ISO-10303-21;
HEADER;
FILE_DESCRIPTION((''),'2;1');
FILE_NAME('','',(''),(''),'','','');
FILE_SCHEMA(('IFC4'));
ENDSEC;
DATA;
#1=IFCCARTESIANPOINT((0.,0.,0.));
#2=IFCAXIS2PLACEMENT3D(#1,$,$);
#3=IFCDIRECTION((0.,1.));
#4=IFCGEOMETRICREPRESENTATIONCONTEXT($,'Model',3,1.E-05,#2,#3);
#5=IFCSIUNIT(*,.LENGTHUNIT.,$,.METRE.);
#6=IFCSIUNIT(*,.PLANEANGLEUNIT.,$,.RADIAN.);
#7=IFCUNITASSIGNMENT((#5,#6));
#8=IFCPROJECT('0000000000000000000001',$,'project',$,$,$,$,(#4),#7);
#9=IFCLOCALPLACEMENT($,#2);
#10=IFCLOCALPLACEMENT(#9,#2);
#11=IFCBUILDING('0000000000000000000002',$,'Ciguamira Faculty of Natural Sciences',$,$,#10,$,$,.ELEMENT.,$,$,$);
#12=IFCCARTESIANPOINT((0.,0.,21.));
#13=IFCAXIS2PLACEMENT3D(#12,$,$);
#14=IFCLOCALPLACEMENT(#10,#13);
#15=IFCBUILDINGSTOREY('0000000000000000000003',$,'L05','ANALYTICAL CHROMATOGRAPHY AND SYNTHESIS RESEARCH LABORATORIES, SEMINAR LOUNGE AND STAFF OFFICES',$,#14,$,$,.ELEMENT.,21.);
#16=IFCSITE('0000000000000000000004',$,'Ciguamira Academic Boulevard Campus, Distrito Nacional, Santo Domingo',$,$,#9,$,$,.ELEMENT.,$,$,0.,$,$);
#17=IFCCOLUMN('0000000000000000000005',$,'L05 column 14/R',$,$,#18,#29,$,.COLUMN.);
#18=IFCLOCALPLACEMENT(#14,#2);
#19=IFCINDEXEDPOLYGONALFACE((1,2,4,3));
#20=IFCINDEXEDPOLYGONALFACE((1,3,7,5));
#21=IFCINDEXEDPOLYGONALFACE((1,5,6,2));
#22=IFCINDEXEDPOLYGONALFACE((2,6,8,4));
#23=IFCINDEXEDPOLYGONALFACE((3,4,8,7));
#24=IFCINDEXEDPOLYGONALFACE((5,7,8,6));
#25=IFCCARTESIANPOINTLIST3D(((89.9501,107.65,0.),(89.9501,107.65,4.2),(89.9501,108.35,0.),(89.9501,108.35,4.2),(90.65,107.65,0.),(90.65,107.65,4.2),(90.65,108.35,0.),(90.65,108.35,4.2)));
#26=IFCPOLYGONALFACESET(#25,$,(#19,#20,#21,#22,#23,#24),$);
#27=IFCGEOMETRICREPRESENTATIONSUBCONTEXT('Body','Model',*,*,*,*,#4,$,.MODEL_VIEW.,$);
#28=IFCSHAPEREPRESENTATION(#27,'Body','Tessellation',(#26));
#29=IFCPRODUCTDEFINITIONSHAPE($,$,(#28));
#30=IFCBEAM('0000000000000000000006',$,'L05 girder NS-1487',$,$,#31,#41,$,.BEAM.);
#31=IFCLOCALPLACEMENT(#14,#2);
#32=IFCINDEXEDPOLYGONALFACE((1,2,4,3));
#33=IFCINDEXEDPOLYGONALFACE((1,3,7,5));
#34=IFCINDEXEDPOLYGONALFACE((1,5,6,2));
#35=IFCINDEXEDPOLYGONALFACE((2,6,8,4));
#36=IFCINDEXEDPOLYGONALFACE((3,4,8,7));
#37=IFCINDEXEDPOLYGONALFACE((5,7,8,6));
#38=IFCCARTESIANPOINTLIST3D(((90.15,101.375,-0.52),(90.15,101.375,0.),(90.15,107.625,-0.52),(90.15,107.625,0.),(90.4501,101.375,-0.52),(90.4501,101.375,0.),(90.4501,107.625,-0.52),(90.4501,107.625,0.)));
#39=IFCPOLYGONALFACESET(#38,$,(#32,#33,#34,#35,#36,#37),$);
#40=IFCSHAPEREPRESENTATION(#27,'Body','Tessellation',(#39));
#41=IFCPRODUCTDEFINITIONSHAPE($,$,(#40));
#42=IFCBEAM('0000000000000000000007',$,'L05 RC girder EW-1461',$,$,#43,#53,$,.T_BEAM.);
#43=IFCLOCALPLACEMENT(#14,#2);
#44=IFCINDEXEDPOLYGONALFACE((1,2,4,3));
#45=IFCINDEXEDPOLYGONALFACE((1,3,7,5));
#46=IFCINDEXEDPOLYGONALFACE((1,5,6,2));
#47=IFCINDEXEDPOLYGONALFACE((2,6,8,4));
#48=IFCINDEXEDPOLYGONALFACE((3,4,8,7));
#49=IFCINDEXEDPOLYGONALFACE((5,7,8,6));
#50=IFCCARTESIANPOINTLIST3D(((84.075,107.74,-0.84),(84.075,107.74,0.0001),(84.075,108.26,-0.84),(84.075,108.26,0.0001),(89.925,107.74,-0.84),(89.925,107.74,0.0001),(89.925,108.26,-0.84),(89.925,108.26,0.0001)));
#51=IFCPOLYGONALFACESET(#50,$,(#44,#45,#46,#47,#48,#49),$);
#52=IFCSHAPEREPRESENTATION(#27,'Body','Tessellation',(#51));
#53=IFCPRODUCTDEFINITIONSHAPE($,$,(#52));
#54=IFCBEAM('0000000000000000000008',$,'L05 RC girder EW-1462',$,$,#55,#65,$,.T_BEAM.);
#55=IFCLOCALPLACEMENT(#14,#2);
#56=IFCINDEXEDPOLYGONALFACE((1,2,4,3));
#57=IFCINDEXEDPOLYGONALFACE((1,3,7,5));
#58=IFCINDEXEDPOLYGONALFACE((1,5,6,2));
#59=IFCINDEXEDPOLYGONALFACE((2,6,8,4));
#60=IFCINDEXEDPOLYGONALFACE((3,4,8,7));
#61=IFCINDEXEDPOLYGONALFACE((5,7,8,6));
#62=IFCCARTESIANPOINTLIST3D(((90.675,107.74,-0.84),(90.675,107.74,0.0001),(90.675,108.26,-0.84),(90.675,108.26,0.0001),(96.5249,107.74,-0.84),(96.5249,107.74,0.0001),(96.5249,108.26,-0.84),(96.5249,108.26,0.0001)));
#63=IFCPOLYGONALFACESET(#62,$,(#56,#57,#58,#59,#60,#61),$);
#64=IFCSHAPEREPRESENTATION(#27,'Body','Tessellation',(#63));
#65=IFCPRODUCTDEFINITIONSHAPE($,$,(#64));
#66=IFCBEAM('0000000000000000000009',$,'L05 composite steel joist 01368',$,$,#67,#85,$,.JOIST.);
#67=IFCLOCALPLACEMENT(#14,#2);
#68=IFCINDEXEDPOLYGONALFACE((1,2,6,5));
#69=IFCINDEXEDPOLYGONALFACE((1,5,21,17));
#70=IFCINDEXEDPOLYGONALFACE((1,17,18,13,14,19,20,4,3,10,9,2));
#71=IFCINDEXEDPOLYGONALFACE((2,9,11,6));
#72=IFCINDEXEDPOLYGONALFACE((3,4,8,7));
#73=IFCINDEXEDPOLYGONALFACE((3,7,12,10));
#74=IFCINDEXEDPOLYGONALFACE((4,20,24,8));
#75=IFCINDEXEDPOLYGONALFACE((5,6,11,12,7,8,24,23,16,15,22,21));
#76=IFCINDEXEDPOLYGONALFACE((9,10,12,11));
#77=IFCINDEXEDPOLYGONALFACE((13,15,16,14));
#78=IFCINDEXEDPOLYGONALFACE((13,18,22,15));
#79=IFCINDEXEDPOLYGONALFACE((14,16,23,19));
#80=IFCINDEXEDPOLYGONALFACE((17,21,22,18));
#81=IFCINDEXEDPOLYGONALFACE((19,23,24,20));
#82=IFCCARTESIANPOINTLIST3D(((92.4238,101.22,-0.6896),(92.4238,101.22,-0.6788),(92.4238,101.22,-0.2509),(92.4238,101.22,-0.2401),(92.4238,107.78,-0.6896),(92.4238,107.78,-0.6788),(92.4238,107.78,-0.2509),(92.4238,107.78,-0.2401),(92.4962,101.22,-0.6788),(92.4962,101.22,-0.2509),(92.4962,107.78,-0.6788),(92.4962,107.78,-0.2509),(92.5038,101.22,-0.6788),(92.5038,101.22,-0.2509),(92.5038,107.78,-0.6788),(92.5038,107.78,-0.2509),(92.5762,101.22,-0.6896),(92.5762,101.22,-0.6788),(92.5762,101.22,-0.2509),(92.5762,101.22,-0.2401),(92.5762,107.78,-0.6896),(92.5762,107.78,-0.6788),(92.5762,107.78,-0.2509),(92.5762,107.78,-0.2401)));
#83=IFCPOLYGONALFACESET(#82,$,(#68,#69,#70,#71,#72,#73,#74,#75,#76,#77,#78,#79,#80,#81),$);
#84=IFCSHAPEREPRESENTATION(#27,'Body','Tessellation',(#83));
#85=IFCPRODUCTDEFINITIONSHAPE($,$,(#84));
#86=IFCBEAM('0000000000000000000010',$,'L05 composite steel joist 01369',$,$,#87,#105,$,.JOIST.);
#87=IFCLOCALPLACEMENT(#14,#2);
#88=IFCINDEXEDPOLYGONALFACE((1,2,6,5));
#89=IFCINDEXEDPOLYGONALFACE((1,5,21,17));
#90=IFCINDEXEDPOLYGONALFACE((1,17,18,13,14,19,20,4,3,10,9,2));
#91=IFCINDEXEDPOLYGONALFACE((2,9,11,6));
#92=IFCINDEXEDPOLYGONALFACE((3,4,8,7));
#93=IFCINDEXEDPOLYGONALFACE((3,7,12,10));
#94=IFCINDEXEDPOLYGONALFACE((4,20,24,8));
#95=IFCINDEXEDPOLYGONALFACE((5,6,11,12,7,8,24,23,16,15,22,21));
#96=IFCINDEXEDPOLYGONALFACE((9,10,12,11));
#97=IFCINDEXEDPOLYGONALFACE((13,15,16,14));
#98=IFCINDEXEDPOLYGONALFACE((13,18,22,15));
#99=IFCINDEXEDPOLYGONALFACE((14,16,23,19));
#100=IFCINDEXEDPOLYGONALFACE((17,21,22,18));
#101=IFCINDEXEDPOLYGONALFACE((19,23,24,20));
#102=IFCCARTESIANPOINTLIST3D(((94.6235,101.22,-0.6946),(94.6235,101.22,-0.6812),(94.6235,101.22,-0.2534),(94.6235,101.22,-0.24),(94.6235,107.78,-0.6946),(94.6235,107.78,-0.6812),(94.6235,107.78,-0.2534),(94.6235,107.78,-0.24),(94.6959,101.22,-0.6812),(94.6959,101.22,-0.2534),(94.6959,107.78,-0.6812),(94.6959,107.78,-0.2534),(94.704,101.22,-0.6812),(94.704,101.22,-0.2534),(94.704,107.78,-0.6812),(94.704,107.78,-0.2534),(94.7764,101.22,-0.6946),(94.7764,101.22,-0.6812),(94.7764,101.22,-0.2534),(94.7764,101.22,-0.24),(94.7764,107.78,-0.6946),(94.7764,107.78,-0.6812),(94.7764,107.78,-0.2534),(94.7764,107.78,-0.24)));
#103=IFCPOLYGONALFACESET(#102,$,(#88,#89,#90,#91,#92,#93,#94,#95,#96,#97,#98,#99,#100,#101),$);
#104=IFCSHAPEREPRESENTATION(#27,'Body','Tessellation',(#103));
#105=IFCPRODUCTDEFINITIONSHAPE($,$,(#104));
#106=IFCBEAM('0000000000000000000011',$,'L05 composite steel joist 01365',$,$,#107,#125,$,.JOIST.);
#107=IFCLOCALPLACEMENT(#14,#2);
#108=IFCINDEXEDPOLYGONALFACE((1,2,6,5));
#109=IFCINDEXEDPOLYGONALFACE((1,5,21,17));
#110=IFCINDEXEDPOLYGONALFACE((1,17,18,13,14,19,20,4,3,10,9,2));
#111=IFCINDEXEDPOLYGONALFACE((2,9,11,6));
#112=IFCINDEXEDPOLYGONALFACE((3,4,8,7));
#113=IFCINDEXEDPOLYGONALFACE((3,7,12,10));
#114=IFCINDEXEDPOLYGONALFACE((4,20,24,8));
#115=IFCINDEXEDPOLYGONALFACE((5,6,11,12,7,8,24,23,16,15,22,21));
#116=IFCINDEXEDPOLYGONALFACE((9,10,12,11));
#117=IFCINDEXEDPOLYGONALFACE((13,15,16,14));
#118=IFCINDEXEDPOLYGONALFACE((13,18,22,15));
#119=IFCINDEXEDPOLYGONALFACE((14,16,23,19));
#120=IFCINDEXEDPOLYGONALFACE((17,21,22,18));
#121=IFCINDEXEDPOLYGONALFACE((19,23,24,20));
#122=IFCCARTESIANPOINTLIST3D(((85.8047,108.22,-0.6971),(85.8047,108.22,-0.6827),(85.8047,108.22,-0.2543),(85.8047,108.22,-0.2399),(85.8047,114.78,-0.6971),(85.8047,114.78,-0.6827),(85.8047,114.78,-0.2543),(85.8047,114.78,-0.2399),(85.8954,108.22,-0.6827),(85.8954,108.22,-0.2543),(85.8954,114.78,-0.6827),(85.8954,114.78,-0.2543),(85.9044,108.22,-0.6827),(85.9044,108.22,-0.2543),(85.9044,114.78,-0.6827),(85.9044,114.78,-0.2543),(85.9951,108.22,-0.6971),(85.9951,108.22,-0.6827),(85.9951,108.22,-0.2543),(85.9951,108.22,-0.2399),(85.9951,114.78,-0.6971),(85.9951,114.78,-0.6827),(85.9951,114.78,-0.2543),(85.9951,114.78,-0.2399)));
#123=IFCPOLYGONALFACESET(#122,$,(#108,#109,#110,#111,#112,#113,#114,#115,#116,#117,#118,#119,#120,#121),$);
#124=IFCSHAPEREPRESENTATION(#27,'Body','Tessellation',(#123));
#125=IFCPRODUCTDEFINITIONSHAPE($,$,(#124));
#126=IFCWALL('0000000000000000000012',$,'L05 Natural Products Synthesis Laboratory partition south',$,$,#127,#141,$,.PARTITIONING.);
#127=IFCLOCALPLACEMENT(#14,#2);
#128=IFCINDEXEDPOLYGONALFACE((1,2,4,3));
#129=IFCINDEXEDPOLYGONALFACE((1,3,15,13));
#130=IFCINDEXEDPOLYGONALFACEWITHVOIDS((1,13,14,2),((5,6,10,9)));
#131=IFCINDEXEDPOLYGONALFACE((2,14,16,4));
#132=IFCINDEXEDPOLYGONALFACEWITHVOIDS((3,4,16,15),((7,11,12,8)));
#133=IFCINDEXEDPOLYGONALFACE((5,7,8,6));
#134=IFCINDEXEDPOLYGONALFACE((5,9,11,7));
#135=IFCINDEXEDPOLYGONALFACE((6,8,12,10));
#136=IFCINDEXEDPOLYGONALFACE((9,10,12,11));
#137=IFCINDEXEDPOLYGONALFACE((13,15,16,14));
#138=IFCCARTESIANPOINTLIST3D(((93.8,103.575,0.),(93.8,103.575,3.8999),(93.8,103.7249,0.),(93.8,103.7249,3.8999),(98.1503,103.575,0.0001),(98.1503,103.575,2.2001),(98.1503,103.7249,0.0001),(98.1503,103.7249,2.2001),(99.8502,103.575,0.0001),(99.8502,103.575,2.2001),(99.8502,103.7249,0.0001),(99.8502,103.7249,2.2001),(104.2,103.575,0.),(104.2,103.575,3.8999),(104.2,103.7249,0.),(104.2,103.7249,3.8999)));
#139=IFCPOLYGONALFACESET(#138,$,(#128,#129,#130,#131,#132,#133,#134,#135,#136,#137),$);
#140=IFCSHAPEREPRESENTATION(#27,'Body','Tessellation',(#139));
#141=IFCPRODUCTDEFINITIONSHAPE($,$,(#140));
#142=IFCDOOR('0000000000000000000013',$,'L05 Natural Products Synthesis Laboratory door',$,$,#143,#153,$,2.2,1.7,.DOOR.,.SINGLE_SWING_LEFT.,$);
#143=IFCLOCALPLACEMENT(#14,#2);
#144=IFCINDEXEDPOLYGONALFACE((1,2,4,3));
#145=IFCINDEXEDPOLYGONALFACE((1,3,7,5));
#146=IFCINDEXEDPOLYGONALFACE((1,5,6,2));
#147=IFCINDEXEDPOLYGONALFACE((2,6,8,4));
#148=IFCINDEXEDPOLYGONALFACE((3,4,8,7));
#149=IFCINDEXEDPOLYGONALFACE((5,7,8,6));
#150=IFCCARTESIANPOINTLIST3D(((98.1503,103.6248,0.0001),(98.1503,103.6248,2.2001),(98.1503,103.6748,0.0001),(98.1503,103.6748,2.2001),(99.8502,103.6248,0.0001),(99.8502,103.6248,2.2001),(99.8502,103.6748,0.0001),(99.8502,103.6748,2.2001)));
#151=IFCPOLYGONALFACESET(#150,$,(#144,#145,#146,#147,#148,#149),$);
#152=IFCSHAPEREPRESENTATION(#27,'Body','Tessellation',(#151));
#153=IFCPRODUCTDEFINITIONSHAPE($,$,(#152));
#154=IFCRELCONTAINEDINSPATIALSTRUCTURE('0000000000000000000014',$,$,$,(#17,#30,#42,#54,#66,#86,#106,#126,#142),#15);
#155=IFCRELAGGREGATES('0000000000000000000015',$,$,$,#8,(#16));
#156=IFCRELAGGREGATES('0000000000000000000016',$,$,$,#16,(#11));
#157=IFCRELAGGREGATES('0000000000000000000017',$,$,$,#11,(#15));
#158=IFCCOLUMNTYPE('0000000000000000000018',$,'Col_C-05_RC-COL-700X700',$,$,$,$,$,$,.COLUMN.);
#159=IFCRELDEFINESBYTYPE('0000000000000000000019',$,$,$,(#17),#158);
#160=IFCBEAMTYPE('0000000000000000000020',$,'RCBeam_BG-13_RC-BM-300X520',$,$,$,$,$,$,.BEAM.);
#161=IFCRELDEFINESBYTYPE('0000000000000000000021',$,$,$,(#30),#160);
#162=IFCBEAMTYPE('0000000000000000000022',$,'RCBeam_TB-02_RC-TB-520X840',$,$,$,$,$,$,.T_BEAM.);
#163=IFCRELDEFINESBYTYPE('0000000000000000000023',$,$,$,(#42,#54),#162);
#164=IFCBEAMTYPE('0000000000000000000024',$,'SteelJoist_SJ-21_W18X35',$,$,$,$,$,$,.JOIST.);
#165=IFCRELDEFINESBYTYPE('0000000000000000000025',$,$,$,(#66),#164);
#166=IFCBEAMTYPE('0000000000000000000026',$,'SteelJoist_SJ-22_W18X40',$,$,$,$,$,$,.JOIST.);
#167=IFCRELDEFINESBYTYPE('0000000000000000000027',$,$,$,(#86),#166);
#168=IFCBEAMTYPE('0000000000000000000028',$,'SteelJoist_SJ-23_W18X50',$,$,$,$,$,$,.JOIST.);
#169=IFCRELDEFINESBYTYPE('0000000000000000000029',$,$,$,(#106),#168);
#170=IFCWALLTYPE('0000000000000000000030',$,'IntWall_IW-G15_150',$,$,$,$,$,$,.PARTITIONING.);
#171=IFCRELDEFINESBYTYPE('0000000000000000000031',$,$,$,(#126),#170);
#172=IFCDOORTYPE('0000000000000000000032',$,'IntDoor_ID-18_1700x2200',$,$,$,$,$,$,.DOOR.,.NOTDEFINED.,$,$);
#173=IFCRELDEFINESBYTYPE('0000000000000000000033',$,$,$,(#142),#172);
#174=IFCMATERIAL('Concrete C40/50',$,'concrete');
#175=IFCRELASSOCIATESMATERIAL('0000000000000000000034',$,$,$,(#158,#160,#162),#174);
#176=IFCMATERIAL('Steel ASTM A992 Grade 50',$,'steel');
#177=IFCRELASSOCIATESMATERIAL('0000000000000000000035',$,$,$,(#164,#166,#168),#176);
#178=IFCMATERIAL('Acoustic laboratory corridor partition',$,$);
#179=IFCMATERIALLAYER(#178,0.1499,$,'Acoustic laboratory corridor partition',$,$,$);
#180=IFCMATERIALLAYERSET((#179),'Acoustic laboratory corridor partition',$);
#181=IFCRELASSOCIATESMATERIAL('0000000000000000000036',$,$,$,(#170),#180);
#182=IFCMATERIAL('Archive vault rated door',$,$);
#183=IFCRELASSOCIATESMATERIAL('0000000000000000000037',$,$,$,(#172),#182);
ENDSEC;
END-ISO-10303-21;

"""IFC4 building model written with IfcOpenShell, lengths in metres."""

from ifc_helpers import new_model, si_unit, direction, frame, frame_2d, origin, origin_2d, place, context, subcontext, project, spatial, rectangle, i_section, extrude, material, layer, layer_set, material_profile, profile_set, type_object, element, fill, save


model = new_model("IFC4")

# Units and contexts
model_context = context("Model", 3, precision=1e-05, world=origin(), true_north=direction((0.0, 1.0)))
body_context = subcontext(model_context, "Body", "Model", "MODEL_VIEW")
ifc_project = project(units=[si_unit("LENGTHUNIT", "METRE"), si_unit("PLANEANGLEUNIT", "RADIAN")], contexts=[model_context])

# Site, building, storey
site_placement = place(None, origin())
site = spatial("IfcSite", under=ifc_project, at=site_placement, Name="Ciguamira Academic Boulevard Campus, Distrito Nacional, Santo Domingo", CompositionType="ELEMENT", RefElevation=0.0)
building_placement = place(site_placement, origin())
building = spatial("IfcBuilding", under=site, at=building_placement, Name="Ciguamira Faculty of Natural Sciences", CompositionType="ELEMENT")
storey_placement = place(building_placement, frame((0.0, 0.0, 21.0)))
storey = spatial("IfcBuildingStorey", under=building, at=storey_placement, Name="L05", Description="ANALYTICAL CHROMATOGRAPHY AND SYNTHESIS RESEARCH LABORATORIES, SEMINAR LOUNGE AND STAFF OFFICES", CompositionType="ELEMENT", Elevation=21.0)

# Column
ifc_material_1 = material(Name="Concrete C40/50", Category="concrete")
ifc_material_profile_1 = material_profile(ifc_material_1, rectangle(XDim=0.7, YDim=0.7, at=origin_2d()), Name="RC-COL-700X700")
ifc_profile_set_1 = profile_set([ifc_material_profile_1], Name="Concrete C40/50")
column_type = type_object("IfcColumnType", Name="Col_C-05_RC-COL-700X700", PredefinedType="COLUMN", material=ifc_profile_set_1)
column_placement = place(storey_placement, frame((90.3, 108.0, 0.0), z_axis=(0.0, 0.0, 1.0), x_axis=(1.0, 0.0, 0.0)))
element("IfcColumn", 1, at=column_placement, inside=storey, type_object=column_type, Name="L05 column 14/R", PredefinedType="COLUMN", context=body_context, shape_type="SweptSolid", body=[
    extrude(rectangle(XDim=0.7, YDim=0.7, at=origin_2d()), origin(), (0.0, 0.0, 1.0), 4.2),
])

# Beams
ifc_material_profile_2 = material_profile(ifc_material_1, rectangle(XDim=0.3, YDim=0.52, at=origin_2d()), Name="RC-BM-300X520")
ifc_profile_set_2 = profile_set([ifc_material_profile_2], Name="Concrete C40/50")
beam_type_1 = type_object("IfcBeamType", Name="RCBeam_BG-13_RC-BM-300X520", PredefinedType="BEAM", material=ifc_profile_set_2)
beam_1_placement = place(storey_placement, frame((90.3, 101.375, -0.26), z_axis=(0.0, 1.0, 0.0), x_axis=(-1.0, 0.0, 0.0)))
element("IfcBeam", 2, at=beam_1_placement, inside=storey, type_object=beam_type_1, Name="L05 girder NS-1487", PredefinedType="BEAM", context=body_context, shape_type="SweptSolid", body=[
    extrude(rectangle(XDim=0.3, YDim=0.52, at=origin_2d()), origin(), (0.0, 0.0, 1.0), 6.25),
])
ifc_material_profile_3 = material_profile(ifc_material_1, rectangle(XDim=0.52, YDim=0.8401, at=origin_2d()), Name="RC-TB-520X840")
ifc_profile_set_3 = profile_set([ifc_material_profile_3], Name="Concrete C40/50")
beam_type_2 = type_object("IfcBeamType", Name="RCBeam_TB-02_RC-TB-520X840", PredefinedType="T_BEAM", material=ifc_profile_set_3)
beam_2_placement = place(storey_placement, frame((84.075, 108.0, -0.4199), z_axis=(1.0, 0.0, 0.0), x_axis=(0.0, 1.0, 0.0)))
element("IfcBeam", 3, at=beam_2_placement, inside=storey, type_object=beam_type_2, Name="L05 RC girder EW-1461", PredefinedType="T_BEAM", context=body_context, shape_type="SweptSolid", body=[
    extrude(rectangle(XDim=0.52, YDim=0.8401, at=origin_2d()), origin(), (0.0, 0.0, 1.0), 5.8501),
])
beam_3_placement = place(storey_placement, frame((90.675, 108.0, -0.4199), z_axis=(1.0, 0.0, 0.0), x_axis=(0.0, 1.0, 0.0)))
element("IfcBeam", 4, at=beam_3_placement, inside=storey, type_object=beam_type_2, Name="L05 RC girder EW-1462", PredefinedType="T_BEAM", context=body_context, shape_type="SweptSolid", body=[
    extrude(rectangle(XDim=0.52, YDim=0.8401, at=origin_2d()), origin(), (0.0, 0.0, 1.0), 5.8499),
])
ifc_material_2 = material(Name="Steel ASTM A992 Grade 50", Category="steel")
ifc_material_profile_4 = material_profile(ifc_material_2, i_section(OverallWidth=0.1523, OverallDepth=0.4495, WebThickness=0.0076, FlangeThickness=0.0107, at=origin_2d()), Name="W18X35")
ifc_profile_set_4 = profile_set([ifc_material_profile_4], Name="Steel ASTM A992 Grade 50")
beam_type_3 = type_object("IfcBeamType", Name="SteelJoist_SJ-21_W18X35", PredefinedType="JOIST", material=ifc_profile_set_4)
beam_4_placement = place(storey_placement, frame((92.5, 101.22, -0.4648), z_axis=(0.0, 1.0, 0.0), x_axis=(-1.0, 0.0, 0.0)))
element("IfcBeam", 5, at=beam_4_placement, inside=storey, type_object=beam_type_3, Name="L05 composite steel joist 01368", PredefinedType="JOIST", context=body_context, shape_type="SweptSolid", body=[
    extrude(i_section(OverallWidth=0.1523, OverallDepth=0.4495, WebThickness=0.0076, FlangeThickness=0.0107, at=origin_2d()), origin(), (0.0, 0.0, 1.0), 6.5601),
])
ifc_material_profile_5 = material_profile(ifc_material_2, i_section(OverallWidth=0.1528, OverallDepth=0.4546, WebThickness=0.0081, FlangeThickness=0.0134, at=origin_2d()), Name="W18X40")
ifc_profile_set_5 = profile_set([ifc_material_profile_5], Name="Steel ASTM A992 Grade 50")
beam_type_4 = type_object("IfcBeamType", Name="SteelJoist_SJ-22_W18X40", PredefinedType="JOIST", material=ifc_profile_set_5)
beam_5_placement = place(storey_placement, frame((94.7, 101.22, -0.4673), z_axis=(0.0, 1.0, 0.0), x_axis=(-1.0, 0.0, 0.0)))
element("IfcBeam", 6, at=beam_5_placement, inside=storey, type_object=beam_type_4, Name="L05 composite steel joist 01369", PredefinedType="JOIST", context=body_context, shape_type="SweptSolid", body=[
    extrude(i_section(OverallWidth=0.1528, OverallDepth=0.4546, WebThickness=0.0081, FlangeThickness=0.0134, at=origin_2d()), origin(), (0.0, 0.0, 1.0), 6.5601),
])
ifc_material_profile_6 = material_profile(ifc_material_2, i_section(OverallWidth=0.1904, OverallDepth=0.4573, WebThickness=0.009, FlangeThickness=0.0144, at=origin_2d()), Name="W18X50")
ifc_profile_set_6 = profile_set([ifc_material_profile_6], Name="Steel ASTM A992 Grade 50")
beam_type_5 = type_object("IfcBeamType", Name="SteelJoist_SJ-23_W18X50", PredefinedType="JOIST", material=ifc_profile_set_6)
beam_6_placement = place(storey_placement, frame((85.8999, 108.22, -0.4685), z_axis=(0.0, 1.0, 0.0), x_axis=(-1.0, 0.0, 0.0)))
element("IfcBeam", 7, at=beam_6_placement, inside=storey, type_object=beam_type_5, Name="L05 composite steel joist 01365", PredefinedType="JOIST", context=body_context, shape_type="SweptSolid", body=[
    extrude(i_section(OverallWidth=0.1904, OverallDepth=0.4573, WebThickness=0.009, FlangeThickness=0.0144, at=origin_2d()), origin(), (0.0, 0.0, 1.0), 6.5601),
])

# Wall, opening, door
ifc_material_3 = material(Name="Acoustic laboratory corridor partition")
ifc_layer_1 = layer(ifc_material_3, 0.1499, Name="Acoustic laboratory corridor partition")
ifc_layer_set_1 = layer_set([ifc_layer_1], Name="Acoustic laboratory corridor partition")
wall_type_1 = type_object("IfcWallType", Name="IntWall_IW-G15_150", PredefinedType="PARTITIONING", material=ifc_layer_set_1)
wall_1_placement = place(storey_placement, frame((93.8, 103.6499, 0.0), z_axis=(0.0, 0.0, 1.0), x_axis=(1.0, 0.0, 0.0)))
wall_1 = element("IfcWall", 8, at=wall_1_placement, inside=storey, type_object=wall_type_1, Name="L05 Natural Products Synthesis Laboratory partition south", PredefinedType="PARTITIONING", context=body_context, shape_type="SweptSolid", body=[
    extrude(rectangle(XDim=10.3999, YDim=0.1499, at=frame_2d((5.2, 0.0))), origin(), (0.0, 0.0, 1.0), 3.8999),
])
opening_1_placement = place(wall_1_placement, frame((4.3501, 0.0, 0.0)))
opening_1 = element("IfcOpeningElement", 9, at=opening_1_placement, cuts=wall_1, PredefinedType="OPENING", context=body_context, shape_type="SweptSolid", body=[
    extrude(rectangle(XDim=1.7, YDim=2.2, at=frame_2d((0.8501, 1.1001))), frame((0.0, 0.085, 0.0), z_axis=(0.0, -1.0, 0.0), x_axis=(1.0, 0.0, 0.0)), (0.0, 0.0, 1.0), 0.1699),
])
ifc_material_4 = material(Name="Archive vault rated door")
door_type_1 = type_object("IfcDoorType", Name="IntDoor_ID-18_1700x2200", OperationType="NOTDEFINED", PredefinedType="DOOR", material=ifc_material_4)
door_1_placement = place(opening_1_placement, origin())
door_1 = element("IfcDoor", 10, at=door_1_placement, inside=storey, type_object=door_type_1, Name="L05 Natural Products Synthesis Laboratory door", OperationType="SINGLE_SWING_LEFT", OverallHeight=2.2, OverallWidth=1.7, PredefinedType="DOOR", context=body_context, shape_type="SweptSolid", body=[
    extrude(rectangle(XDim=1.7, YDim=2.2, at=frame_2d((0.8501, 1.1001))), frame((0.0, 0.0249, 0.0), z_axis=(0.0, -1.0, 0.0), x_axis=(1.0, 0.0, 0.0)), (0.0, 0.0, 1.0), 0.05),
])
fill(opening_1, door_1)

save(model, "model.ifc")
